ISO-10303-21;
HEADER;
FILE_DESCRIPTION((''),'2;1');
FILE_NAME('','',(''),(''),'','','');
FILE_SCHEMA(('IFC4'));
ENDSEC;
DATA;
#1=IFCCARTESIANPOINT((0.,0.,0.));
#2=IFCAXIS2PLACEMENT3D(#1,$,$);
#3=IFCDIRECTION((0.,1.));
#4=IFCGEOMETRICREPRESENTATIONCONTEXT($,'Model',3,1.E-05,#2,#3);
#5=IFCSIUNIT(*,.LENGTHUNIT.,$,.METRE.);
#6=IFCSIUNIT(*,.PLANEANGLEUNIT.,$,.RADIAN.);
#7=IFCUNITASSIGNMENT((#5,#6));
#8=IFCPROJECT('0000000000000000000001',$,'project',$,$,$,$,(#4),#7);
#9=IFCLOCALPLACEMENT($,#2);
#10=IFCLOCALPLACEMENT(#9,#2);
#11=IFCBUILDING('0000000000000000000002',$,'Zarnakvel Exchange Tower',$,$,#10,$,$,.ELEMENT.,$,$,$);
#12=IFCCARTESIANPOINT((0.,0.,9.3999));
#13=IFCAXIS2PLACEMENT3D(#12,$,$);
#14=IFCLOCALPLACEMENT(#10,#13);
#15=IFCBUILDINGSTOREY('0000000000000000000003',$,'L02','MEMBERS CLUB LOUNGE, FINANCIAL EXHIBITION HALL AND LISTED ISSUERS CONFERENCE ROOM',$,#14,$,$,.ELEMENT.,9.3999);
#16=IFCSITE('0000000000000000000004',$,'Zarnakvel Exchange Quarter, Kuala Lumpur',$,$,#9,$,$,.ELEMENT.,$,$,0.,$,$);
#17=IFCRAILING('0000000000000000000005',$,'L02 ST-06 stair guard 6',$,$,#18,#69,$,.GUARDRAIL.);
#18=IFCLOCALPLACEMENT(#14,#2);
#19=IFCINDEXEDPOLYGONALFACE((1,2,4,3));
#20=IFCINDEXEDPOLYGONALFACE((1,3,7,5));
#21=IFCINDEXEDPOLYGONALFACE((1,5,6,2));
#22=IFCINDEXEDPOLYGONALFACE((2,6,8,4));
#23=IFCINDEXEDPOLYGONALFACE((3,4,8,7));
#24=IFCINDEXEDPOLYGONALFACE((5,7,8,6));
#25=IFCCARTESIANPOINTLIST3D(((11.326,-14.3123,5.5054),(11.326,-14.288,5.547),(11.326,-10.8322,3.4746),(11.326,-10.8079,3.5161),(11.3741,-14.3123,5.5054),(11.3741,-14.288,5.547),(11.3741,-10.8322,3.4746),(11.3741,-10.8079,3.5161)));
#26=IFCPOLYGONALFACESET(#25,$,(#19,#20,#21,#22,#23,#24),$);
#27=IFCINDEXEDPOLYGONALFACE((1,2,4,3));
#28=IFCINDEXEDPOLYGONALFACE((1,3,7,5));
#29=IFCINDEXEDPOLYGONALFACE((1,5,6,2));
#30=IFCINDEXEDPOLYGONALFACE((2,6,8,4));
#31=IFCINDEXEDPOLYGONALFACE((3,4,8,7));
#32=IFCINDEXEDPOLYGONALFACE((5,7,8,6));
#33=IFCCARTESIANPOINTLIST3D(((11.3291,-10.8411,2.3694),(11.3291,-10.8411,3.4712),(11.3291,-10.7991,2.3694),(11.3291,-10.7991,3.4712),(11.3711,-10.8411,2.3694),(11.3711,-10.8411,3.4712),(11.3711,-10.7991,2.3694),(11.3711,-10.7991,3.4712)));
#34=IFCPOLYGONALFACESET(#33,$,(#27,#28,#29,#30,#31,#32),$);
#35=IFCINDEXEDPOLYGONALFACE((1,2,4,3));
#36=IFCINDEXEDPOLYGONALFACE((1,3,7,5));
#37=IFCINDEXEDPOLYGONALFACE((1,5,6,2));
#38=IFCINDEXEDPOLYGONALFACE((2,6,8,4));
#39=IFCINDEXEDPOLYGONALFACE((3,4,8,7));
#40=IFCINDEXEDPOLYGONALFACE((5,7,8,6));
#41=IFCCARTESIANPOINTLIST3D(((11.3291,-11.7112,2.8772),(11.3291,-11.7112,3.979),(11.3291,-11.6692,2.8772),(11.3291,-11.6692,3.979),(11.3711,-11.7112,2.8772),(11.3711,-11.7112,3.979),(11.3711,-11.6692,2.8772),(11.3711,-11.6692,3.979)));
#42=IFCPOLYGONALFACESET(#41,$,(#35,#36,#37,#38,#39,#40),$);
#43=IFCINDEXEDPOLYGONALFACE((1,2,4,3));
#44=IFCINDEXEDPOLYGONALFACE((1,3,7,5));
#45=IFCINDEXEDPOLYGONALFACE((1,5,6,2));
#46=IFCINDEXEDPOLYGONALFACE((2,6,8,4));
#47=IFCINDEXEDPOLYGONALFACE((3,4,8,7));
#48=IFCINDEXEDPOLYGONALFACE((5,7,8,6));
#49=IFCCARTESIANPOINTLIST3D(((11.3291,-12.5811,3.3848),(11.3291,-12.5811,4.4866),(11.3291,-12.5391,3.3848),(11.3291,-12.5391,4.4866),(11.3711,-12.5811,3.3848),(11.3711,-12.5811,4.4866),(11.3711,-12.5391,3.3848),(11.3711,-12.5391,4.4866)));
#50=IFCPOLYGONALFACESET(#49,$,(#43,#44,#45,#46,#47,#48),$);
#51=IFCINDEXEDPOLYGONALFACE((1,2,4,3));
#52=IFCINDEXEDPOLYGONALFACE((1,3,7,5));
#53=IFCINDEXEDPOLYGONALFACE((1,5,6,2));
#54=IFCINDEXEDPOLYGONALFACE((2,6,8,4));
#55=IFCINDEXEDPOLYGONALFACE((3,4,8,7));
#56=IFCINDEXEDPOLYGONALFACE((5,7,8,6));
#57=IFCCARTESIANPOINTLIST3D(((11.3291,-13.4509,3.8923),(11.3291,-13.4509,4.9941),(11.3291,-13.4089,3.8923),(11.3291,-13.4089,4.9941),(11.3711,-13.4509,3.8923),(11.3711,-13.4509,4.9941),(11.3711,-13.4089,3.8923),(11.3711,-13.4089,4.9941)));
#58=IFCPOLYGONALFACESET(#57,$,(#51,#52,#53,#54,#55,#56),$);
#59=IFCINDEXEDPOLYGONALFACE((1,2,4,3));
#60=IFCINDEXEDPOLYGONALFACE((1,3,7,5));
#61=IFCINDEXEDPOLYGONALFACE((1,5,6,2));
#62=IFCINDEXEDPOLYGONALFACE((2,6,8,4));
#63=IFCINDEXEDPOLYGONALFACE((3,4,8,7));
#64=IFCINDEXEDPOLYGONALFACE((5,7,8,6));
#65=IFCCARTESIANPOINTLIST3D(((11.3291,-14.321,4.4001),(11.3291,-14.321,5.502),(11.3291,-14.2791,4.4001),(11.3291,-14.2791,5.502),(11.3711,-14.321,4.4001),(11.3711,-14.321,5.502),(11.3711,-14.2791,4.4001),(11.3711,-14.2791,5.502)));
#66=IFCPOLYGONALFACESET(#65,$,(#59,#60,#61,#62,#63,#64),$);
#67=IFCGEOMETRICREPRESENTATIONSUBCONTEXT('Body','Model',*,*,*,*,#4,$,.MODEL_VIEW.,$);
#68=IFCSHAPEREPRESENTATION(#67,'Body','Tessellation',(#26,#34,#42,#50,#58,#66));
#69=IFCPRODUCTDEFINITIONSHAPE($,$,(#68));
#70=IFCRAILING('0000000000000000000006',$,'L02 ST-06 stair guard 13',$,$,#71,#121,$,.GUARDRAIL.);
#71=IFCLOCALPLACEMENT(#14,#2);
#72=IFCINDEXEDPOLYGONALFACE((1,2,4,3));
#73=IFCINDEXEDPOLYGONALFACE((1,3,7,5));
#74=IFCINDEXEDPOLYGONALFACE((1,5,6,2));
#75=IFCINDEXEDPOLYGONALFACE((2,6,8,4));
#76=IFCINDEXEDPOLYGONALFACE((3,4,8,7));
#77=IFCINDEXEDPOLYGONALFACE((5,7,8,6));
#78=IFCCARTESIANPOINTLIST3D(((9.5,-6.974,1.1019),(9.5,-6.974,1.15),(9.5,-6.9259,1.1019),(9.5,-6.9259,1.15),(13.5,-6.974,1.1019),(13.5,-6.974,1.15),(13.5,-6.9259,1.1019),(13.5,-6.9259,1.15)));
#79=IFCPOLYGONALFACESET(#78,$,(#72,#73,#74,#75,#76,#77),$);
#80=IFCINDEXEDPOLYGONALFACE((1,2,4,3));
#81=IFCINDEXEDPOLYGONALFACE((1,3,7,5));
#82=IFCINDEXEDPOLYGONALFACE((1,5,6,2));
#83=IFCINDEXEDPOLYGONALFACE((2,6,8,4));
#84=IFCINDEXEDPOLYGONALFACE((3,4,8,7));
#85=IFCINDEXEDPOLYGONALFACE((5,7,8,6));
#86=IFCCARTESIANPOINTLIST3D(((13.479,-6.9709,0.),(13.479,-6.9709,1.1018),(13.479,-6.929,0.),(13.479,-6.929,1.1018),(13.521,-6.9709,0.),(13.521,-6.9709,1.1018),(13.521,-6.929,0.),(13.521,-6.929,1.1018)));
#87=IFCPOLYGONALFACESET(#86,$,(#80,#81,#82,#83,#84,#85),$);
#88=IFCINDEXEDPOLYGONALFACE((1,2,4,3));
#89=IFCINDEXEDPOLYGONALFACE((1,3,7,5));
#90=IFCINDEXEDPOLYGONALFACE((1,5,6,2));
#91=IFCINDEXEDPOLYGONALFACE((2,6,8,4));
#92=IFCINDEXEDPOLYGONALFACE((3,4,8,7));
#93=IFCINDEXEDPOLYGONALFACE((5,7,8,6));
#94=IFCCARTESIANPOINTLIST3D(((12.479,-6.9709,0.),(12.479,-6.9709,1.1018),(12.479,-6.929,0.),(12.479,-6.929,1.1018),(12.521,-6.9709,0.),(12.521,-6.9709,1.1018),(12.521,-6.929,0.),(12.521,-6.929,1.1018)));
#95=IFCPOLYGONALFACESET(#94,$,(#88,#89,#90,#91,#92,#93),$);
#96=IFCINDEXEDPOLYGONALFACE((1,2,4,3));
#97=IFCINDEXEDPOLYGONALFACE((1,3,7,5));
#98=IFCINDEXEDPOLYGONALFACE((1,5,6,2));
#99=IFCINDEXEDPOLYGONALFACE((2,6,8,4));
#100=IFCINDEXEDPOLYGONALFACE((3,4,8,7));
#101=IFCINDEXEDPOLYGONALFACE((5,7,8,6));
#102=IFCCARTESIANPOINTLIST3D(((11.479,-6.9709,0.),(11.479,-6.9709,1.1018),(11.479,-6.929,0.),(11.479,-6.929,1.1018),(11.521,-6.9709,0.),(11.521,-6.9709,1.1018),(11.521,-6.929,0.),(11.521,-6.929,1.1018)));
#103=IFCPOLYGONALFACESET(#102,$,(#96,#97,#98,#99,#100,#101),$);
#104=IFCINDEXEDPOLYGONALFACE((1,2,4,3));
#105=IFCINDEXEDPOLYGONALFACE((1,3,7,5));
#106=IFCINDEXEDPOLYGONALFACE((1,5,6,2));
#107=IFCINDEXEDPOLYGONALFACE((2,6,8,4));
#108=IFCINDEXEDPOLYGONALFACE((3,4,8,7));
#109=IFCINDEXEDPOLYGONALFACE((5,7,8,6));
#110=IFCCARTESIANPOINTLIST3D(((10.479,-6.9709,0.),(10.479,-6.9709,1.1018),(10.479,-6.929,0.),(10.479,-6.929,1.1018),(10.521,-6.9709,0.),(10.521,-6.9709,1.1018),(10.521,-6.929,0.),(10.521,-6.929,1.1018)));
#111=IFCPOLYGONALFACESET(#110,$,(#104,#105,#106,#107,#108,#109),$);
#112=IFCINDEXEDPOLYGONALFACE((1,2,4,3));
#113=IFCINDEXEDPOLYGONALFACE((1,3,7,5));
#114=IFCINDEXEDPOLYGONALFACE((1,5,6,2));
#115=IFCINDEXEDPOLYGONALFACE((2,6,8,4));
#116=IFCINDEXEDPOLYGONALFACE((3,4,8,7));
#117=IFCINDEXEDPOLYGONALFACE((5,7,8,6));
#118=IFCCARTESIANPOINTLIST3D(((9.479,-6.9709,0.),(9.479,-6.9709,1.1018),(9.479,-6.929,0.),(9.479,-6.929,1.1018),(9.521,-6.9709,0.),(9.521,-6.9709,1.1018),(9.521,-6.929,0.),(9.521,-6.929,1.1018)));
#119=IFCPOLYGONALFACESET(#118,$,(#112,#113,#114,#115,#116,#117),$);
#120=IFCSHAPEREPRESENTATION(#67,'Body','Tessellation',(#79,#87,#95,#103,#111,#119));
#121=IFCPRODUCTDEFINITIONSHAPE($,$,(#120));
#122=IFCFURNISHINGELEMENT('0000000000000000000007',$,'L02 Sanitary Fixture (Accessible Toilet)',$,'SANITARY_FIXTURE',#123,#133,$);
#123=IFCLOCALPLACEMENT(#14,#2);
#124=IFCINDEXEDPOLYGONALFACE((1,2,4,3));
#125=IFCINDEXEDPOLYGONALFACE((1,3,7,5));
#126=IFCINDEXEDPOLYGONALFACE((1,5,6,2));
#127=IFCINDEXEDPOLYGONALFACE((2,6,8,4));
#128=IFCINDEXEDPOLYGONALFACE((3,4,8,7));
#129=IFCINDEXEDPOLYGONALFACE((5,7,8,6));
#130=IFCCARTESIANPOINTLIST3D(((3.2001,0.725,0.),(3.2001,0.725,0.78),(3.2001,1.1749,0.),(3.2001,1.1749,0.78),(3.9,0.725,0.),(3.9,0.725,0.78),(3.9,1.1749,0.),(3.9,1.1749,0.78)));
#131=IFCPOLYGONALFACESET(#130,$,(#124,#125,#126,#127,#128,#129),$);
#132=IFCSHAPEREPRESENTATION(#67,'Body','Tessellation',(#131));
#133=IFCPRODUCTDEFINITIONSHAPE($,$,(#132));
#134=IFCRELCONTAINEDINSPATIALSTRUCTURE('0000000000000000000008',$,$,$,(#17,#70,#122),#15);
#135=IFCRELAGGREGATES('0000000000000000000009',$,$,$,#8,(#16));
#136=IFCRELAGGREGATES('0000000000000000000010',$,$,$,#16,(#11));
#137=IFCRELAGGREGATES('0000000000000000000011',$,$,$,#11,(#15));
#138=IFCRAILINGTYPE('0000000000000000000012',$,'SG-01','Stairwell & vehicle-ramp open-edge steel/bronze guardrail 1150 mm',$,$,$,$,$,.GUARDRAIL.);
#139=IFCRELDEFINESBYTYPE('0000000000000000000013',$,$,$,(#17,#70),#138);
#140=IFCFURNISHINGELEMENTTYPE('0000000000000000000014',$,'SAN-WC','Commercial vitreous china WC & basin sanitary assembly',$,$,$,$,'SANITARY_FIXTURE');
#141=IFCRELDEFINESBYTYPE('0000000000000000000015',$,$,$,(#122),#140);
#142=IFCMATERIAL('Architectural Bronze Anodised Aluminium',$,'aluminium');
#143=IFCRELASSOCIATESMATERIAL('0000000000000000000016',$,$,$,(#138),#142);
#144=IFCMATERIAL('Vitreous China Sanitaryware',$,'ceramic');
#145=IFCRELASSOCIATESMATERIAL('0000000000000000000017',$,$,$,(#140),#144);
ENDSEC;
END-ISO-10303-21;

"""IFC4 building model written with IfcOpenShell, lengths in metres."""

from ifc_helpers import new_model, si_unit, direction, frame, origin, origin_2d, place, context, subcontext, project, spatial, rectangle, extrude, source, transform, mapped, material, type_object, element, save


model = new_model("IFC4")

# Units and contexts
model_context = context("Model", 3, precision=1e-05, world=origin(), true_north=direction((0.0, 1.0)))
body_context = subcontext(model_context, "Body", "Model", "MODEL_VIEW")
ifc_project = project(units=[si_unit("LENGTHUNIT", "METRE"), si_unit("PLANEANGLEUNIT", "RADIAN")], contexts=[model_context])

# Site, building, storey
site_placement = place(None, origin())
site = spatial("IfcSite", under=ifc_project, at=site_placement, Name="Zarnakvel Exchange Quarter, Kuala Lumpur", CompositionType="ELEMENT", RefElevation=0.0)
building_placement = place(site_placement, origin())
building = spatial("IfcBuilding", under=site, at=building_placement, Name="Zarnakvel Exchange Tower", CompositionType="ELEMENT")
storey_placement = place(building_placement, frame((0.0, 0.0, 9.3999)))
storey = spatial("IfcBuildingStorey", under=building, at=storey_placement, Name="L02", Description="MEMBERS CLUB LOUNGE, FINANCIAL EXHIBITION HALL AND LISTED ISSUERS CONFERENCE ROOM", CompositionType="ELEMENT", Elevation=9.3999)

# Railings
ifc_material_1 = material(Name="Architectural Bronze Anodised Aluminium", Category="aluminium")
railing_type_1 = type_object("IfcRailingType", Name="SG-01", Description="Stairwell & vehicle-ramp open-edge steel/bronze guardrail 1150 mm", PredefinedType="GUARDRAIL", material=ifc_material_1)
railing_1_placement = place(storey_placement, frame((11.3501, -10.8201, 2.3694)))
element("IfcRailing", 1, at=railing_1_placement, inside=storey, type_object=railing_type_1, Name="L02 ST-06 stair guard 6", PredefinedType="GUARDRAIL", context=body_context, shape_type="SweptSolid", body=[
    extrude(rectangle(XDim=0.0481, YDim=0.0481, at=origin_2d()), frame((0.0, 0.0, 1.126), z_axis=(0.0, -0.863695, 0.504014), x_axis=(1.0, 0.0, 0.0)), (0.0, 0.0, 1.0), 4.0293),
    extrude(rectangle(XDim=0.042, YDim=0.042, at=origin_2d()), origin(), (0.0, 0.0, 1.0), 1.1018),
    extrude(rectangle(XDim=0.042, YDim=0.042, at=origin_2d()), frame((0.0, -0.8701, 0.5078)), (0.0, 0.0, 1.0), 1.1018),
    extrude(rectangle(XDim=0.042, YDim=0.042, at=origin_2d()), frame((0.0, -1.74, 1.0154)), (0.0, 0.0, 1.0), 1.1018),
    extrude(rectangle(XDim=0.042, YDim=0.042, at=origin_2d()), frame((0.0, -2.6099, 1.5229)), (0.0, 0.0, 1.0), 1.1018),
    extrude(rectangle(XDim=0.042, YDim=0.042, at=origin_2d()), frame((0.0, -3.48, 2.0308)), (0.0, 0.0, 1.0), 1.1018),
])
railing_2_placement = place(storey_placement, frame((13.5, -6.95, 0.0)))
element("IfcRailing", 2, at=railing_2_placement, inside=storey, type_object=railing_type_1, Name="L02 ST-06 stair guard 13", PredefinedType="GUARDRAIL", context=body_context, shape_type="SweptSolid", body=[
    extrude(rectangle(XDim=0.0481, YDim=0.0481, at=origin_2d()), frame((0.0, 0.0, 1.126), z_axis=(-1.0, 0.0, 0.0), x_axis=(0.0, -1.0, 0.0)), (0.0, 0.0, 1.0), 4.0),
    extrude(rectangle(XDim=0.042, YDim=0.042, at=origin_2d()), origin(), (0.0, 0.0, 1.0), 1.1018),
    extrude(rectangle(XDim=0.042, YDim=0.042, at=origin_2d()), frame((-1.0, 0.0, 0.0)), (0.0, 0.0, 1.0), 1.1018),
    extrude(rectangle(XDim=0.042, YDim=0.042, at=origin_2d()), frame((-2.0, 0.0, 0.0)), (0.0, 0.0, 1.0), 1.1018),
    extrude(rectangle(XDim=0.042, YDim=0.042, at=origin_2d()), frame((-3.0, 0.0, 0.0)), (0.0, 0.0, 1.0), 1.1018),
    extrude(rectangle(XDim=0.042, YDim=0.042, at=origin_2d()), frame((-4.0, 0.0, 0.0)), (0.0, 0.0, 1.0), 1.1018),
])

# Furnishing element
ifc_material_2 = material(Name="Vitreous China Sanitaryware", Category="ceramic")
furnishing_element_type = type_object("IfcFurnishingElementType", Name="SAN-WC", Description="Commercial vitreous china WC & basin sanitary assembly", ElementType="SANITARY_FIXTURE", material=ifc_material_2)
shared_shape_1 = source(origin(), body_context, "Body", "SweptSolid", [
    extrude(rectangle(XDim=0.7, YDim=0.45, at=origin_2d()), origin(), (0.0, 0.0, 1.0), 0.78),
])
furnishing_placement = place(storey_placement, frame((3.55, 0.95, 0.0), z_axis=(0.0, 0.0, 1.0), x_axis=(1.0, 0.0, 0.0)))
element("IfcFurnishingElement", 3, at=furnishing_placement, inside=storey, type_object=furnishing_element_type, Name="L02 Sanitary Fixture (Accessible Toilet)", ObjectType="SANITARY_FIXTURE", context=body_context, shape_type="MappedRepresentation", body=[
    mapped(shared_shape_1, transform((0.0, 0.0, 0.0), x_axis=(1.0, 0.0, 0.0), y_axis=(0.0, 1.0, 0.0), z_axis=(0.0, 0.0, 1.0), scale=1.0)),
])

save(model, "model.ifc")
